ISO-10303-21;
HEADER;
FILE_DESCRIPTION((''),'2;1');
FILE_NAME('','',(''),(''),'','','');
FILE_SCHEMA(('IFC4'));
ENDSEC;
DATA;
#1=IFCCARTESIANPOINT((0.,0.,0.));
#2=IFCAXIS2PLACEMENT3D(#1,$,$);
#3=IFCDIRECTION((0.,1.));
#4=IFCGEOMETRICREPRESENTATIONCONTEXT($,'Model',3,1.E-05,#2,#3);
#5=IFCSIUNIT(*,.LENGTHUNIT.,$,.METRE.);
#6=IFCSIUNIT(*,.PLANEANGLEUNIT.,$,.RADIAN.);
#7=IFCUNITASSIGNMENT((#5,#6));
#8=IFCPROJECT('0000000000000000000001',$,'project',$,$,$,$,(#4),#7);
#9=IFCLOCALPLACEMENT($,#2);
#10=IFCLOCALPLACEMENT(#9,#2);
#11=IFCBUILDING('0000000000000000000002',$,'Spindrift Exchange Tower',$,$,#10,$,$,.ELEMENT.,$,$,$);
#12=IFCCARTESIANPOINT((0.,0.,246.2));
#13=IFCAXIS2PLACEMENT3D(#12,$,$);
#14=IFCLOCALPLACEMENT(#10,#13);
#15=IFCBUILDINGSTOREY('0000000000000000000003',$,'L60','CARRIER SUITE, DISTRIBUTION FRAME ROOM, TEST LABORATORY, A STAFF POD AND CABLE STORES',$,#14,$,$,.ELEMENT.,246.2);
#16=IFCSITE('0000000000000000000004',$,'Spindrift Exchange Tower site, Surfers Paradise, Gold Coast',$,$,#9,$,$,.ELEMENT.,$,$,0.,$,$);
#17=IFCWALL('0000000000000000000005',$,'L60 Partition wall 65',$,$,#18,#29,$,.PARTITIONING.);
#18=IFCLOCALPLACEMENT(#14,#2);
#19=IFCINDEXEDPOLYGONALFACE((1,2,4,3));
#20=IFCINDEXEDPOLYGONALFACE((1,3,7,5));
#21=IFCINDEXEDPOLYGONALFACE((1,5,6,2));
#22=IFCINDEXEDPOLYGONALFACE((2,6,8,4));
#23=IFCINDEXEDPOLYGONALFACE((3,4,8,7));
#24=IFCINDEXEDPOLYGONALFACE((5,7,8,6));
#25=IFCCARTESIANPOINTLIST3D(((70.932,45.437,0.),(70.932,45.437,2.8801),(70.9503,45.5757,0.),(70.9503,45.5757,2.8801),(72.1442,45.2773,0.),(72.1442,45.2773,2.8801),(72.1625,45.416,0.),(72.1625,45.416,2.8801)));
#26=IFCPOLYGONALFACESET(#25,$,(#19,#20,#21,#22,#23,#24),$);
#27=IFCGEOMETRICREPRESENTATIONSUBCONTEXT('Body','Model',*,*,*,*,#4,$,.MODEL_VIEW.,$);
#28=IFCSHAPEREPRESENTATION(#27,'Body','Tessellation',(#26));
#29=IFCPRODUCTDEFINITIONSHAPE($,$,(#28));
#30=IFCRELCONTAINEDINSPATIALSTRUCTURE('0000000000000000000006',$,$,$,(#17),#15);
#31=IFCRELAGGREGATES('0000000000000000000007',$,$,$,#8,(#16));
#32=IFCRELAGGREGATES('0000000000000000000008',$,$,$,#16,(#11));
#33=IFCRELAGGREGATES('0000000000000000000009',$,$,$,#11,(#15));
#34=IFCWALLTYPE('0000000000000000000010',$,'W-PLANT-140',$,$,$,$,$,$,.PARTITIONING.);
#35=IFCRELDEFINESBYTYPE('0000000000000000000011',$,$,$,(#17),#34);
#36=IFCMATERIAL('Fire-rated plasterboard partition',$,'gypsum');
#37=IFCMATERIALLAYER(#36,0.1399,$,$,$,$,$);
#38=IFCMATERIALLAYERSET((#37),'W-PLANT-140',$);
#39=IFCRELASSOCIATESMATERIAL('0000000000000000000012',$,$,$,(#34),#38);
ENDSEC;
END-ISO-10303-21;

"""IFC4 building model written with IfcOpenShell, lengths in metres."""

from ifc_helpers import new_model, si_unit, direction, frame, frame_2d, origin, place, context, subcontext, project, spatial, rectangle, extrude, material, layer, layer_set, type_object, element, save


model = new_model("IFC4")

# Units and contexts
model_context = context("Model", 3, precision=1e-05, world=origin(), true_north=direction((0.0, 1.0)))
body_context = subcontext(model_context, "Body", "Model", "MODEL_VIEW")
ifc_project = project(units=[si_unit("LENGTHUNIT", "METRE"), si_unit("PLANEANGLEUNIT", "RADIAN")], contexts=[model_context])

# Site, building, storey
site_placement = place(None, origin())
site = spatial("IfcSite", under=ifc_project, at=site_placement, Name="Spindrift Exchange Tower site, Surfers Paradise, Gold Coast", CompositionType="ELEMENT", RefElevation=0.0)
building_placement = place(site_placement, origin())
building = spatial("IfcBuilding", under=site, at=building_placement, Name="Spindrift Exchange Tower", CompositionType="ELEMENT")
storey_placement = place(building_placement, frame((0.0, 0.0, 246.2)))
storey = spatial("IfcBuildingStorey", under=building, at=storey_placement, Name="L60", Description="CARRIER SUITE, DISTRIBUTION FRAME ROOM, TEST LABORATORY, A STAFF POD AND CABLE STORES", CompositionType="ELEMENT", Elevation=246.2)

# Shared definitions
ifc_material_1 = material(Name="Fire-rated plasterboard partition", Category="gypsum")

# Wall
ifc_layer_1 = layer(ifc_material_1, 0.1399)
ifc_layer_set_1 = layer_set([ifc_layer_1], Name="W-PLANT-140")
wall_type_1 = type_object("IfcWallType", Name="W-PLANT-140", PredefinedType="PARTITIONING", material=ifc_layer_set_1)
wall_1_placement = place(storey_placement, frame((70.9412, 45.5063, 0.0), z_axis=(0.0, 0.0, 1.0), x_axis=(0.991436, -0.130594, 0.0)))
element("IfcWall", 1, at=wall_1_placement, inside=storey, type_object=wall_type_1, Name="L60 Partition wall 65", PredefinedType="PARTITIONING", context=body_context, shape_type="SweptSolid", body=[
    extrude(rectangle(XDim=1.2227, YDim=0.1399, at=frame_2d((0.6113, 0.0))), origin(), (0.0, 0.0, 1.0), 2.8801),
])

save(model, "model.ifc")
